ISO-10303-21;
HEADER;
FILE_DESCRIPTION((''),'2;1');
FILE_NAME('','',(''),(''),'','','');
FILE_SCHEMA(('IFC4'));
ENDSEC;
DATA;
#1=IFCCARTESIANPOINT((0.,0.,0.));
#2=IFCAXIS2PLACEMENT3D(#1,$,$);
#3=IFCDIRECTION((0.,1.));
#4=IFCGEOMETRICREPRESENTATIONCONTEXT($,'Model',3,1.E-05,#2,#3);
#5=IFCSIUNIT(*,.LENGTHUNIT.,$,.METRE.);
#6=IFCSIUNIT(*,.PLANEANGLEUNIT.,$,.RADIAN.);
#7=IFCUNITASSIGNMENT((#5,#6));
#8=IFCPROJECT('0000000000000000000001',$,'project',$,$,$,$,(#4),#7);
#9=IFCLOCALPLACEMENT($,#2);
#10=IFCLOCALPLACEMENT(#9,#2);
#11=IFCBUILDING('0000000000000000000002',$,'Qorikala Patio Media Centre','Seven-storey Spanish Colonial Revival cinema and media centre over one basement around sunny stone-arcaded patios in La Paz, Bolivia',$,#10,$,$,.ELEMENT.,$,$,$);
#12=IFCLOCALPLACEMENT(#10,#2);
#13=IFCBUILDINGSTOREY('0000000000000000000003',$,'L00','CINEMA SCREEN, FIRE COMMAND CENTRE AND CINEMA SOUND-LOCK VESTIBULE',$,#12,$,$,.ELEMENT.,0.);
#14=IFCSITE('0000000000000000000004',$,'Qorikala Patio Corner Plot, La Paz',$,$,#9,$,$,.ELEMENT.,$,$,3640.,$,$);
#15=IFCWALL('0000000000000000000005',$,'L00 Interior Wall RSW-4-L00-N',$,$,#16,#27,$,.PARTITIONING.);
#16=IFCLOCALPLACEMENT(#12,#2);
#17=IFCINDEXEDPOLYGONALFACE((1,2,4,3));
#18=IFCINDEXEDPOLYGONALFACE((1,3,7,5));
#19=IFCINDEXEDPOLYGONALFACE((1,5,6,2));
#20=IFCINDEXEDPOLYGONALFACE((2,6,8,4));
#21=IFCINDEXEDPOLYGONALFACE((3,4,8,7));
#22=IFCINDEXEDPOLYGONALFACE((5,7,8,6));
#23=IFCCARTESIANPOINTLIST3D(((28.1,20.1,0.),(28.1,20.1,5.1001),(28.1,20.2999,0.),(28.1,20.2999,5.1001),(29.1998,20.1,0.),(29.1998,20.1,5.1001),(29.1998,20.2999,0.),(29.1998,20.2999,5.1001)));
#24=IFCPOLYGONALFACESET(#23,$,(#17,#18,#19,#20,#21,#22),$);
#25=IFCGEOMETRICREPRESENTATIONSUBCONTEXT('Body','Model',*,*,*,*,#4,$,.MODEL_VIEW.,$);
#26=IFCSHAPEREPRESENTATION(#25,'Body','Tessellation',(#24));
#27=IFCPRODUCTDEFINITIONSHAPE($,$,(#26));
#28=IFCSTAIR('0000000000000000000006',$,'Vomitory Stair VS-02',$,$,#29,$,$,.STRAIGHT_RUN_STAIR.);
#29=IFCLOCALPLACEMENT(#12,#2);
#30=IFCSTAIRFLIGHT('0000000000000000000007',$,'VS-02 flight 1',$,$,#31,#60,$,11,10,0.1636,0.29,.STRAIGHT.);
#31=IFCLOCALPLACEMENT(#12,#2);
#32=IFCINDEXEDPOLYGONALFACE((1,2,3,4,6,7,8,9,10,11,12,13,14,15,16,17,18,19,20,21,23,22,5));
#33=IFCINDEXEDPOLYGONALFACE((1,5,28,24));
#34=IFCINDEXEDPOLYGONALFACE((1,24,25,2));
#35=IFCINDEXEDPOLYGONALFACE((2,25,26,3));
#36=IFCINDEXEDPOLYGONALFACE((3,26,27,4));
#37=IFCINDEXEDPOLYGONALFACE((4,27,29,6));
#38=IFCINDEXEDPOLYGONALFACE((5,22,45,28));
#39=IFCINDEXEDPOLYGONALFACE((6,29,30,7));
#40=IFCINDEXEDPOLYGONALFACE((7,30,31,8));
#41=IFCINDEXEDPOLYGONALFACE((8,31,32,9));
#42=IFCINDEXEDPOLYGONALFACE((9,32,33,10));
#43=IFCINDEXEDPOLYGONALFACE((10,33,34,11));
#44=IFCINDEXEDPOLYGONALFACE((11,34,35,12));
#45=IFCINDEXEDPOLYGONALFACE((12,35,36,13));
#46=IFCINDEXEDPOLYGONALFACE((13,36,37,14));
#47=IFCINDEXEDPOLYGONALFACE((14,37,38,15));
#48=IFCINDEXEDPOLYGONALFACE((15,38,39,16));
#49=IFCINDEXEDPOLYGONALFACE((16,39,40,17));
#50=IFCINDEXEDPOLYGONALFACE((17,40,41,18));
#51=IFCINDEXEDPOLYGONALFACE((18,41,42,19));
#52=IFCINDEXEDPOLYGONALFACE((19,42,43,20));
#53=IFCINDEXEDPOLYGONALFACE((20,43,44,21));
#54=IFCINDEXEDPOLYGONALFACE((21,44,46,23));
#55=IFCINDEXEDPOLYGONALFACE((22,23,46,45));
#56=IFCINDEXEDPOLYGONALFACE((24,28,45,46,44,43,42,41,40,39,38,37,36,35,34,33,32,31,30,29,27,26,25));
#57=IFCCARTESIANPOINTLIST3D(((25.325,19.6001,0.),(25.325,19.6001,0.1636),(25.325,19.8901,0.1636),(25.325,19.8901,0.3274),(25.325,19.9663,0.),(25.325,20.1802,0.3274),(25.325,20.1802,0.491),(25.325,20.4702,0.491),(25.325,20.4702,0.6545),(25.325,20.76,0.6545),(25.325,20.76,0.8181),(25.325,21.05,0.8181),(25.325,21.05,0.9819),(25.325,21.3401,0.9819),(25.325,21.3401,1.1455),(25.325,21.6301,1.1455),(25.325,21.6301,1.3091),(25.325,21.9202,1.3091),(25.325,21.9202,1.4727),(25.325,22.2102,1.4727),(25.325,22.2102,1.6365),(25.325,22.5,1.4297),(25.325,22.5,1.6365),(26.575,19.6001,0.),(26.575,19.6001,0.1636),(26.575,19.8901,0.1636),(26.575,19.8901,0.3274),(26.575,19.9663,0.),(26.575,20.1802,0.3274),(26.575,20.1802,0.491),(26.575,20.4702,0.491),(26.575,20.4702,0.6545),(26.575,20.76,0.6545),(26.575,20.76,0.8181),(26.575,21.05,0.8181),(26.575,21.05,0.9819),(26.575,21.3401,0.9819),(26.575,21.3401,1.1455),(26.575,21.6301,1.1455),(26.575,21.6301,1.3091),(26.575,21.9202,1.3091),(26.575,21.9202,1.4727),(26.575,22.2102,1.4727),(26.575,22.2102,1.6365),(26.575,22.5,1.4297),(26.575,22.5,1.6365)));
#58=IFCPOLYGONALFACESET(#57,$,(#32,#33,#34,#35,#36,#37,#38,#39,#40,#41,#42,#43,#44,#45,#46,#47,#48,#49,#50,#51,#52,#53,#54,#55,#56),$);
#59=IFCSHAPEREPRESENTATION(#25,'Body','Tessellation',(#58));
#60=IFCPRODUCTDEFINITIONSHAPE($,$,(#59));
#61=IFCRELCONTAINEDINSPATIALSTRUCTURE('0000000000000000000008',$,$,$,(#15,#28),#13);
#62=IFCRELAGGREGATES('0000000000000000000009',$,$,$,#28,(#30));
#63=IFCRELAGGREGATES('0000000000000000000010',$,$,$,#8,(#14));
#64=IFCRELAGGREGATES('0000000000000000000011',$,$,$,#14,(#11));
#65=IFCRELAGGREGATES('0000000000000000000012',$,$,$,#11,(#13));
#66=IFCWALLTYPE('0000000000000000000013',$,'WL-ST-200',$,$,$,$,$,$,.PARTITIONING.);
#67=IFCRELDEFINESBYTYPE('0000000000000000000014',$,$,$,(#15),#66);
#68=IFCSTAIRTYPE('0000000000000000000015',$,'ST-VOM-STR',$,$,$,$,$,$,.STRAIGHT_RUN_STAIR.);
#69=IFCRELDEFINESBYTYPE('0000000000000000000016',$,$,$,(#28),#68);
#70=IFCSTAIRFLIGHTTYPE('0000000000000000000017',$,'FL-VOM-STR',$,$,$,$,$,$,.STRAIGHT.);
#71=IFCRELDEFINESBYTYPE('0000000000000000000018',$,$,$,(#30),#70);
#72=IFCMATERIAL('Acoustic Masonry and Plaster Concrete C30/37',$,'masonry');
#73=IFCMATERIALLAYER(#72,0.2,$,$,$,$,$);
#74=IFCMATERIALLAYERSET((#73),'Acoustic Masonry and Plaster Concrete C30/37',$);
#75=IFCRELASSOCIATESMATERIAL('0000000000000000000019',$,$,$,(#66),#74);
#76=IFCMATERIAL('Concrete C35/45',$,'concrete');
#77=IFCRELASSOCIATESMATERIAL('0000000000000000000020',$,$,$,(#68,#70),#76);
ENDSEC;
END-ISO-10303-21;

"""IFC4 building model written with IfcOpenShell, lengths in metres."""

from ifc_helpers import new_model, si_unit, direction, frame, frame_2d, origin, place, context, subcontext, project, spatial, polyline, rectangle, outline, extrude, material, layer, layer_set, type_object, element, aggregate, save


model = new_model("IFC4")

# Units and contexts
model_context = context("Model", 3, precision=1e-05, world=origin(), true_north=direction((0.0, 1.0)))
body_context = subcontext(model_context, "Body", "Model", "MODEL_VIEW")
ifc_project = project(units=[si_unit("LENGTHUNIT", "METRE"), si_unit("PLANEANGLEUNIT", "RADIAN")], contexts=[model_context])

# Site, building, storey
site_placement = place(None, origin())
site = spatial("IfcSite", under=ifc_project, at=site_placement, Name="Qorikala Patio Corner Plot, La Paz", CompositionType="ELEMENT", RefElevation=3640.0)
building_placement = place(site_placement, origin())
building = spatial("IfcBuilding", under=site, at=building_placement, Name="Qorikala Patio Media Centre", Description="Seven-storey Spanish Colonial Revival cinema and media centre over one basement around sunny stone-arcaded patios in La Paz, Bolivia", CompositionType="ELEMENT")
storey_placement = place(building_placement, origin())
storey = spatial("IfcBuildingStorey", under=building, at=storey_placement, Name="L00", Description="CINEMA SCREEN, FIRE COMMAND CENTRE AND CINEMA SOUND-LOCK VESTIBULE", CompositionType="ELEMENT", Elevation=0.0)

# Shared definitions
ifc_material_1 = material(Name="Concrete C35/45", Category="concrete")

# Wall
ifc_material_2 = material(Name="Acoustic Masonry and Plaster Concrete C30/37", Category="masonry")
ifc_layer_1 = layer(ifc_material_2, 0.2)
ifc_layer_set_1 = layer_set([ifc_layer_1], Name="Acoustic Masonry and Plaster Concrete C30/37")
wall_type_1 = type_object("IfcWallType", Name="WL-ST-200", PredefinedType="PARTITIONING", material=ifc_layer_set_1)
wall_1_placement = place(storey_placement, frame((28.1001, 20.2, 0.0), z_axis=(0.0, 0.0, 1.0), x_axis=(1.0, 0.0, 0.0)))
element("IfcWall", 1, at=wall_1_placement, inside=storey, type_object=wall_type_1, Name="L00 Interior Wall RSW-4-L00-N", PredefinedType="PARTITIONING", context=body_context, shape_type="SweptSolid", body=[
    extrude(rectangle(XDim=1.0999, YDim=0.2, at=frame_2d((0.5498, 0.0))), origin(), (0.0, 0.0, 1.0), 5.1001),
])

# Stair, stair flight
stair_type = type_object("IfcStairType", Name="ST-VOM-STR", PredefinedType="STRAIGHT_RUN_STAIR", material=ifc_material_1)
stair_placement = place(storey_placement, origin())
stair = element("IfcStair", 2, at=stair_placement, inside=storey, type_object=stair_type, Name="Vomitory Stair VS-02", PredefinedType="STRAIGHT_RUN_STAIR")
stair_flight_type = type_object("IfcStairFlightType", Name="FL-VOM-STR", PredefinedType="STRAIGHT", material=ifc_material_1)
stair_flight_placement = place(storey_placement, frame((25.95, 19.6001, 0.0), z_axis=(0.0, 0.0, 1.0), x_axis=(0.0, 1.0, 0.0)))
stair_flight = element("IfcStairFlight", 3, at=stair_flight_placement, type_object=stair_flight_type, Name="VS-02 flight 1", NumberOfRisers=11, NumberOfTreads=10, PredefinedType="STRAIGHT", RiserHeight=0.1636, TreadLength=0.29, context=body_context, shape_type="SweptSolid", body=[
    extrude(outline(polyline([(0.0, 0.0), (0.0, 0.1636), (0.29, 0.1636), (0.29, 0.3274), (0.5801, 0.3274), (0.5801, 0.491), (0.8701, 0.491), (0.8701, 0.6545), (1.1599, 0.6545), (1.1599, 0.8181), (1.45, 0.8181), (1.45, 0.9819), (1.74, 0.9819), (1.74, 1.1455), (2.03, 1.1455), (2.03, 1.3091), (2.3201, 1.3091), (2.3201, 1.4727), (2.6101, 1.4727), (2.6101, 1.6365), (2.8999, 1.6365), (2.8999, 1.8), (2.8999, 1.4297), (0.3662, 0.0), (0.0, 0.0)])), frame((0.0, 0.625, 0.0), z_axis=(0.0, -1.0, 0.0), x_axis=(1.0, 0.0, 0.0)), (0.0, 0.0, 1.0), 1.25),
])
aggregate(stair, [stair_flight])

save(model, "model.ifc")
